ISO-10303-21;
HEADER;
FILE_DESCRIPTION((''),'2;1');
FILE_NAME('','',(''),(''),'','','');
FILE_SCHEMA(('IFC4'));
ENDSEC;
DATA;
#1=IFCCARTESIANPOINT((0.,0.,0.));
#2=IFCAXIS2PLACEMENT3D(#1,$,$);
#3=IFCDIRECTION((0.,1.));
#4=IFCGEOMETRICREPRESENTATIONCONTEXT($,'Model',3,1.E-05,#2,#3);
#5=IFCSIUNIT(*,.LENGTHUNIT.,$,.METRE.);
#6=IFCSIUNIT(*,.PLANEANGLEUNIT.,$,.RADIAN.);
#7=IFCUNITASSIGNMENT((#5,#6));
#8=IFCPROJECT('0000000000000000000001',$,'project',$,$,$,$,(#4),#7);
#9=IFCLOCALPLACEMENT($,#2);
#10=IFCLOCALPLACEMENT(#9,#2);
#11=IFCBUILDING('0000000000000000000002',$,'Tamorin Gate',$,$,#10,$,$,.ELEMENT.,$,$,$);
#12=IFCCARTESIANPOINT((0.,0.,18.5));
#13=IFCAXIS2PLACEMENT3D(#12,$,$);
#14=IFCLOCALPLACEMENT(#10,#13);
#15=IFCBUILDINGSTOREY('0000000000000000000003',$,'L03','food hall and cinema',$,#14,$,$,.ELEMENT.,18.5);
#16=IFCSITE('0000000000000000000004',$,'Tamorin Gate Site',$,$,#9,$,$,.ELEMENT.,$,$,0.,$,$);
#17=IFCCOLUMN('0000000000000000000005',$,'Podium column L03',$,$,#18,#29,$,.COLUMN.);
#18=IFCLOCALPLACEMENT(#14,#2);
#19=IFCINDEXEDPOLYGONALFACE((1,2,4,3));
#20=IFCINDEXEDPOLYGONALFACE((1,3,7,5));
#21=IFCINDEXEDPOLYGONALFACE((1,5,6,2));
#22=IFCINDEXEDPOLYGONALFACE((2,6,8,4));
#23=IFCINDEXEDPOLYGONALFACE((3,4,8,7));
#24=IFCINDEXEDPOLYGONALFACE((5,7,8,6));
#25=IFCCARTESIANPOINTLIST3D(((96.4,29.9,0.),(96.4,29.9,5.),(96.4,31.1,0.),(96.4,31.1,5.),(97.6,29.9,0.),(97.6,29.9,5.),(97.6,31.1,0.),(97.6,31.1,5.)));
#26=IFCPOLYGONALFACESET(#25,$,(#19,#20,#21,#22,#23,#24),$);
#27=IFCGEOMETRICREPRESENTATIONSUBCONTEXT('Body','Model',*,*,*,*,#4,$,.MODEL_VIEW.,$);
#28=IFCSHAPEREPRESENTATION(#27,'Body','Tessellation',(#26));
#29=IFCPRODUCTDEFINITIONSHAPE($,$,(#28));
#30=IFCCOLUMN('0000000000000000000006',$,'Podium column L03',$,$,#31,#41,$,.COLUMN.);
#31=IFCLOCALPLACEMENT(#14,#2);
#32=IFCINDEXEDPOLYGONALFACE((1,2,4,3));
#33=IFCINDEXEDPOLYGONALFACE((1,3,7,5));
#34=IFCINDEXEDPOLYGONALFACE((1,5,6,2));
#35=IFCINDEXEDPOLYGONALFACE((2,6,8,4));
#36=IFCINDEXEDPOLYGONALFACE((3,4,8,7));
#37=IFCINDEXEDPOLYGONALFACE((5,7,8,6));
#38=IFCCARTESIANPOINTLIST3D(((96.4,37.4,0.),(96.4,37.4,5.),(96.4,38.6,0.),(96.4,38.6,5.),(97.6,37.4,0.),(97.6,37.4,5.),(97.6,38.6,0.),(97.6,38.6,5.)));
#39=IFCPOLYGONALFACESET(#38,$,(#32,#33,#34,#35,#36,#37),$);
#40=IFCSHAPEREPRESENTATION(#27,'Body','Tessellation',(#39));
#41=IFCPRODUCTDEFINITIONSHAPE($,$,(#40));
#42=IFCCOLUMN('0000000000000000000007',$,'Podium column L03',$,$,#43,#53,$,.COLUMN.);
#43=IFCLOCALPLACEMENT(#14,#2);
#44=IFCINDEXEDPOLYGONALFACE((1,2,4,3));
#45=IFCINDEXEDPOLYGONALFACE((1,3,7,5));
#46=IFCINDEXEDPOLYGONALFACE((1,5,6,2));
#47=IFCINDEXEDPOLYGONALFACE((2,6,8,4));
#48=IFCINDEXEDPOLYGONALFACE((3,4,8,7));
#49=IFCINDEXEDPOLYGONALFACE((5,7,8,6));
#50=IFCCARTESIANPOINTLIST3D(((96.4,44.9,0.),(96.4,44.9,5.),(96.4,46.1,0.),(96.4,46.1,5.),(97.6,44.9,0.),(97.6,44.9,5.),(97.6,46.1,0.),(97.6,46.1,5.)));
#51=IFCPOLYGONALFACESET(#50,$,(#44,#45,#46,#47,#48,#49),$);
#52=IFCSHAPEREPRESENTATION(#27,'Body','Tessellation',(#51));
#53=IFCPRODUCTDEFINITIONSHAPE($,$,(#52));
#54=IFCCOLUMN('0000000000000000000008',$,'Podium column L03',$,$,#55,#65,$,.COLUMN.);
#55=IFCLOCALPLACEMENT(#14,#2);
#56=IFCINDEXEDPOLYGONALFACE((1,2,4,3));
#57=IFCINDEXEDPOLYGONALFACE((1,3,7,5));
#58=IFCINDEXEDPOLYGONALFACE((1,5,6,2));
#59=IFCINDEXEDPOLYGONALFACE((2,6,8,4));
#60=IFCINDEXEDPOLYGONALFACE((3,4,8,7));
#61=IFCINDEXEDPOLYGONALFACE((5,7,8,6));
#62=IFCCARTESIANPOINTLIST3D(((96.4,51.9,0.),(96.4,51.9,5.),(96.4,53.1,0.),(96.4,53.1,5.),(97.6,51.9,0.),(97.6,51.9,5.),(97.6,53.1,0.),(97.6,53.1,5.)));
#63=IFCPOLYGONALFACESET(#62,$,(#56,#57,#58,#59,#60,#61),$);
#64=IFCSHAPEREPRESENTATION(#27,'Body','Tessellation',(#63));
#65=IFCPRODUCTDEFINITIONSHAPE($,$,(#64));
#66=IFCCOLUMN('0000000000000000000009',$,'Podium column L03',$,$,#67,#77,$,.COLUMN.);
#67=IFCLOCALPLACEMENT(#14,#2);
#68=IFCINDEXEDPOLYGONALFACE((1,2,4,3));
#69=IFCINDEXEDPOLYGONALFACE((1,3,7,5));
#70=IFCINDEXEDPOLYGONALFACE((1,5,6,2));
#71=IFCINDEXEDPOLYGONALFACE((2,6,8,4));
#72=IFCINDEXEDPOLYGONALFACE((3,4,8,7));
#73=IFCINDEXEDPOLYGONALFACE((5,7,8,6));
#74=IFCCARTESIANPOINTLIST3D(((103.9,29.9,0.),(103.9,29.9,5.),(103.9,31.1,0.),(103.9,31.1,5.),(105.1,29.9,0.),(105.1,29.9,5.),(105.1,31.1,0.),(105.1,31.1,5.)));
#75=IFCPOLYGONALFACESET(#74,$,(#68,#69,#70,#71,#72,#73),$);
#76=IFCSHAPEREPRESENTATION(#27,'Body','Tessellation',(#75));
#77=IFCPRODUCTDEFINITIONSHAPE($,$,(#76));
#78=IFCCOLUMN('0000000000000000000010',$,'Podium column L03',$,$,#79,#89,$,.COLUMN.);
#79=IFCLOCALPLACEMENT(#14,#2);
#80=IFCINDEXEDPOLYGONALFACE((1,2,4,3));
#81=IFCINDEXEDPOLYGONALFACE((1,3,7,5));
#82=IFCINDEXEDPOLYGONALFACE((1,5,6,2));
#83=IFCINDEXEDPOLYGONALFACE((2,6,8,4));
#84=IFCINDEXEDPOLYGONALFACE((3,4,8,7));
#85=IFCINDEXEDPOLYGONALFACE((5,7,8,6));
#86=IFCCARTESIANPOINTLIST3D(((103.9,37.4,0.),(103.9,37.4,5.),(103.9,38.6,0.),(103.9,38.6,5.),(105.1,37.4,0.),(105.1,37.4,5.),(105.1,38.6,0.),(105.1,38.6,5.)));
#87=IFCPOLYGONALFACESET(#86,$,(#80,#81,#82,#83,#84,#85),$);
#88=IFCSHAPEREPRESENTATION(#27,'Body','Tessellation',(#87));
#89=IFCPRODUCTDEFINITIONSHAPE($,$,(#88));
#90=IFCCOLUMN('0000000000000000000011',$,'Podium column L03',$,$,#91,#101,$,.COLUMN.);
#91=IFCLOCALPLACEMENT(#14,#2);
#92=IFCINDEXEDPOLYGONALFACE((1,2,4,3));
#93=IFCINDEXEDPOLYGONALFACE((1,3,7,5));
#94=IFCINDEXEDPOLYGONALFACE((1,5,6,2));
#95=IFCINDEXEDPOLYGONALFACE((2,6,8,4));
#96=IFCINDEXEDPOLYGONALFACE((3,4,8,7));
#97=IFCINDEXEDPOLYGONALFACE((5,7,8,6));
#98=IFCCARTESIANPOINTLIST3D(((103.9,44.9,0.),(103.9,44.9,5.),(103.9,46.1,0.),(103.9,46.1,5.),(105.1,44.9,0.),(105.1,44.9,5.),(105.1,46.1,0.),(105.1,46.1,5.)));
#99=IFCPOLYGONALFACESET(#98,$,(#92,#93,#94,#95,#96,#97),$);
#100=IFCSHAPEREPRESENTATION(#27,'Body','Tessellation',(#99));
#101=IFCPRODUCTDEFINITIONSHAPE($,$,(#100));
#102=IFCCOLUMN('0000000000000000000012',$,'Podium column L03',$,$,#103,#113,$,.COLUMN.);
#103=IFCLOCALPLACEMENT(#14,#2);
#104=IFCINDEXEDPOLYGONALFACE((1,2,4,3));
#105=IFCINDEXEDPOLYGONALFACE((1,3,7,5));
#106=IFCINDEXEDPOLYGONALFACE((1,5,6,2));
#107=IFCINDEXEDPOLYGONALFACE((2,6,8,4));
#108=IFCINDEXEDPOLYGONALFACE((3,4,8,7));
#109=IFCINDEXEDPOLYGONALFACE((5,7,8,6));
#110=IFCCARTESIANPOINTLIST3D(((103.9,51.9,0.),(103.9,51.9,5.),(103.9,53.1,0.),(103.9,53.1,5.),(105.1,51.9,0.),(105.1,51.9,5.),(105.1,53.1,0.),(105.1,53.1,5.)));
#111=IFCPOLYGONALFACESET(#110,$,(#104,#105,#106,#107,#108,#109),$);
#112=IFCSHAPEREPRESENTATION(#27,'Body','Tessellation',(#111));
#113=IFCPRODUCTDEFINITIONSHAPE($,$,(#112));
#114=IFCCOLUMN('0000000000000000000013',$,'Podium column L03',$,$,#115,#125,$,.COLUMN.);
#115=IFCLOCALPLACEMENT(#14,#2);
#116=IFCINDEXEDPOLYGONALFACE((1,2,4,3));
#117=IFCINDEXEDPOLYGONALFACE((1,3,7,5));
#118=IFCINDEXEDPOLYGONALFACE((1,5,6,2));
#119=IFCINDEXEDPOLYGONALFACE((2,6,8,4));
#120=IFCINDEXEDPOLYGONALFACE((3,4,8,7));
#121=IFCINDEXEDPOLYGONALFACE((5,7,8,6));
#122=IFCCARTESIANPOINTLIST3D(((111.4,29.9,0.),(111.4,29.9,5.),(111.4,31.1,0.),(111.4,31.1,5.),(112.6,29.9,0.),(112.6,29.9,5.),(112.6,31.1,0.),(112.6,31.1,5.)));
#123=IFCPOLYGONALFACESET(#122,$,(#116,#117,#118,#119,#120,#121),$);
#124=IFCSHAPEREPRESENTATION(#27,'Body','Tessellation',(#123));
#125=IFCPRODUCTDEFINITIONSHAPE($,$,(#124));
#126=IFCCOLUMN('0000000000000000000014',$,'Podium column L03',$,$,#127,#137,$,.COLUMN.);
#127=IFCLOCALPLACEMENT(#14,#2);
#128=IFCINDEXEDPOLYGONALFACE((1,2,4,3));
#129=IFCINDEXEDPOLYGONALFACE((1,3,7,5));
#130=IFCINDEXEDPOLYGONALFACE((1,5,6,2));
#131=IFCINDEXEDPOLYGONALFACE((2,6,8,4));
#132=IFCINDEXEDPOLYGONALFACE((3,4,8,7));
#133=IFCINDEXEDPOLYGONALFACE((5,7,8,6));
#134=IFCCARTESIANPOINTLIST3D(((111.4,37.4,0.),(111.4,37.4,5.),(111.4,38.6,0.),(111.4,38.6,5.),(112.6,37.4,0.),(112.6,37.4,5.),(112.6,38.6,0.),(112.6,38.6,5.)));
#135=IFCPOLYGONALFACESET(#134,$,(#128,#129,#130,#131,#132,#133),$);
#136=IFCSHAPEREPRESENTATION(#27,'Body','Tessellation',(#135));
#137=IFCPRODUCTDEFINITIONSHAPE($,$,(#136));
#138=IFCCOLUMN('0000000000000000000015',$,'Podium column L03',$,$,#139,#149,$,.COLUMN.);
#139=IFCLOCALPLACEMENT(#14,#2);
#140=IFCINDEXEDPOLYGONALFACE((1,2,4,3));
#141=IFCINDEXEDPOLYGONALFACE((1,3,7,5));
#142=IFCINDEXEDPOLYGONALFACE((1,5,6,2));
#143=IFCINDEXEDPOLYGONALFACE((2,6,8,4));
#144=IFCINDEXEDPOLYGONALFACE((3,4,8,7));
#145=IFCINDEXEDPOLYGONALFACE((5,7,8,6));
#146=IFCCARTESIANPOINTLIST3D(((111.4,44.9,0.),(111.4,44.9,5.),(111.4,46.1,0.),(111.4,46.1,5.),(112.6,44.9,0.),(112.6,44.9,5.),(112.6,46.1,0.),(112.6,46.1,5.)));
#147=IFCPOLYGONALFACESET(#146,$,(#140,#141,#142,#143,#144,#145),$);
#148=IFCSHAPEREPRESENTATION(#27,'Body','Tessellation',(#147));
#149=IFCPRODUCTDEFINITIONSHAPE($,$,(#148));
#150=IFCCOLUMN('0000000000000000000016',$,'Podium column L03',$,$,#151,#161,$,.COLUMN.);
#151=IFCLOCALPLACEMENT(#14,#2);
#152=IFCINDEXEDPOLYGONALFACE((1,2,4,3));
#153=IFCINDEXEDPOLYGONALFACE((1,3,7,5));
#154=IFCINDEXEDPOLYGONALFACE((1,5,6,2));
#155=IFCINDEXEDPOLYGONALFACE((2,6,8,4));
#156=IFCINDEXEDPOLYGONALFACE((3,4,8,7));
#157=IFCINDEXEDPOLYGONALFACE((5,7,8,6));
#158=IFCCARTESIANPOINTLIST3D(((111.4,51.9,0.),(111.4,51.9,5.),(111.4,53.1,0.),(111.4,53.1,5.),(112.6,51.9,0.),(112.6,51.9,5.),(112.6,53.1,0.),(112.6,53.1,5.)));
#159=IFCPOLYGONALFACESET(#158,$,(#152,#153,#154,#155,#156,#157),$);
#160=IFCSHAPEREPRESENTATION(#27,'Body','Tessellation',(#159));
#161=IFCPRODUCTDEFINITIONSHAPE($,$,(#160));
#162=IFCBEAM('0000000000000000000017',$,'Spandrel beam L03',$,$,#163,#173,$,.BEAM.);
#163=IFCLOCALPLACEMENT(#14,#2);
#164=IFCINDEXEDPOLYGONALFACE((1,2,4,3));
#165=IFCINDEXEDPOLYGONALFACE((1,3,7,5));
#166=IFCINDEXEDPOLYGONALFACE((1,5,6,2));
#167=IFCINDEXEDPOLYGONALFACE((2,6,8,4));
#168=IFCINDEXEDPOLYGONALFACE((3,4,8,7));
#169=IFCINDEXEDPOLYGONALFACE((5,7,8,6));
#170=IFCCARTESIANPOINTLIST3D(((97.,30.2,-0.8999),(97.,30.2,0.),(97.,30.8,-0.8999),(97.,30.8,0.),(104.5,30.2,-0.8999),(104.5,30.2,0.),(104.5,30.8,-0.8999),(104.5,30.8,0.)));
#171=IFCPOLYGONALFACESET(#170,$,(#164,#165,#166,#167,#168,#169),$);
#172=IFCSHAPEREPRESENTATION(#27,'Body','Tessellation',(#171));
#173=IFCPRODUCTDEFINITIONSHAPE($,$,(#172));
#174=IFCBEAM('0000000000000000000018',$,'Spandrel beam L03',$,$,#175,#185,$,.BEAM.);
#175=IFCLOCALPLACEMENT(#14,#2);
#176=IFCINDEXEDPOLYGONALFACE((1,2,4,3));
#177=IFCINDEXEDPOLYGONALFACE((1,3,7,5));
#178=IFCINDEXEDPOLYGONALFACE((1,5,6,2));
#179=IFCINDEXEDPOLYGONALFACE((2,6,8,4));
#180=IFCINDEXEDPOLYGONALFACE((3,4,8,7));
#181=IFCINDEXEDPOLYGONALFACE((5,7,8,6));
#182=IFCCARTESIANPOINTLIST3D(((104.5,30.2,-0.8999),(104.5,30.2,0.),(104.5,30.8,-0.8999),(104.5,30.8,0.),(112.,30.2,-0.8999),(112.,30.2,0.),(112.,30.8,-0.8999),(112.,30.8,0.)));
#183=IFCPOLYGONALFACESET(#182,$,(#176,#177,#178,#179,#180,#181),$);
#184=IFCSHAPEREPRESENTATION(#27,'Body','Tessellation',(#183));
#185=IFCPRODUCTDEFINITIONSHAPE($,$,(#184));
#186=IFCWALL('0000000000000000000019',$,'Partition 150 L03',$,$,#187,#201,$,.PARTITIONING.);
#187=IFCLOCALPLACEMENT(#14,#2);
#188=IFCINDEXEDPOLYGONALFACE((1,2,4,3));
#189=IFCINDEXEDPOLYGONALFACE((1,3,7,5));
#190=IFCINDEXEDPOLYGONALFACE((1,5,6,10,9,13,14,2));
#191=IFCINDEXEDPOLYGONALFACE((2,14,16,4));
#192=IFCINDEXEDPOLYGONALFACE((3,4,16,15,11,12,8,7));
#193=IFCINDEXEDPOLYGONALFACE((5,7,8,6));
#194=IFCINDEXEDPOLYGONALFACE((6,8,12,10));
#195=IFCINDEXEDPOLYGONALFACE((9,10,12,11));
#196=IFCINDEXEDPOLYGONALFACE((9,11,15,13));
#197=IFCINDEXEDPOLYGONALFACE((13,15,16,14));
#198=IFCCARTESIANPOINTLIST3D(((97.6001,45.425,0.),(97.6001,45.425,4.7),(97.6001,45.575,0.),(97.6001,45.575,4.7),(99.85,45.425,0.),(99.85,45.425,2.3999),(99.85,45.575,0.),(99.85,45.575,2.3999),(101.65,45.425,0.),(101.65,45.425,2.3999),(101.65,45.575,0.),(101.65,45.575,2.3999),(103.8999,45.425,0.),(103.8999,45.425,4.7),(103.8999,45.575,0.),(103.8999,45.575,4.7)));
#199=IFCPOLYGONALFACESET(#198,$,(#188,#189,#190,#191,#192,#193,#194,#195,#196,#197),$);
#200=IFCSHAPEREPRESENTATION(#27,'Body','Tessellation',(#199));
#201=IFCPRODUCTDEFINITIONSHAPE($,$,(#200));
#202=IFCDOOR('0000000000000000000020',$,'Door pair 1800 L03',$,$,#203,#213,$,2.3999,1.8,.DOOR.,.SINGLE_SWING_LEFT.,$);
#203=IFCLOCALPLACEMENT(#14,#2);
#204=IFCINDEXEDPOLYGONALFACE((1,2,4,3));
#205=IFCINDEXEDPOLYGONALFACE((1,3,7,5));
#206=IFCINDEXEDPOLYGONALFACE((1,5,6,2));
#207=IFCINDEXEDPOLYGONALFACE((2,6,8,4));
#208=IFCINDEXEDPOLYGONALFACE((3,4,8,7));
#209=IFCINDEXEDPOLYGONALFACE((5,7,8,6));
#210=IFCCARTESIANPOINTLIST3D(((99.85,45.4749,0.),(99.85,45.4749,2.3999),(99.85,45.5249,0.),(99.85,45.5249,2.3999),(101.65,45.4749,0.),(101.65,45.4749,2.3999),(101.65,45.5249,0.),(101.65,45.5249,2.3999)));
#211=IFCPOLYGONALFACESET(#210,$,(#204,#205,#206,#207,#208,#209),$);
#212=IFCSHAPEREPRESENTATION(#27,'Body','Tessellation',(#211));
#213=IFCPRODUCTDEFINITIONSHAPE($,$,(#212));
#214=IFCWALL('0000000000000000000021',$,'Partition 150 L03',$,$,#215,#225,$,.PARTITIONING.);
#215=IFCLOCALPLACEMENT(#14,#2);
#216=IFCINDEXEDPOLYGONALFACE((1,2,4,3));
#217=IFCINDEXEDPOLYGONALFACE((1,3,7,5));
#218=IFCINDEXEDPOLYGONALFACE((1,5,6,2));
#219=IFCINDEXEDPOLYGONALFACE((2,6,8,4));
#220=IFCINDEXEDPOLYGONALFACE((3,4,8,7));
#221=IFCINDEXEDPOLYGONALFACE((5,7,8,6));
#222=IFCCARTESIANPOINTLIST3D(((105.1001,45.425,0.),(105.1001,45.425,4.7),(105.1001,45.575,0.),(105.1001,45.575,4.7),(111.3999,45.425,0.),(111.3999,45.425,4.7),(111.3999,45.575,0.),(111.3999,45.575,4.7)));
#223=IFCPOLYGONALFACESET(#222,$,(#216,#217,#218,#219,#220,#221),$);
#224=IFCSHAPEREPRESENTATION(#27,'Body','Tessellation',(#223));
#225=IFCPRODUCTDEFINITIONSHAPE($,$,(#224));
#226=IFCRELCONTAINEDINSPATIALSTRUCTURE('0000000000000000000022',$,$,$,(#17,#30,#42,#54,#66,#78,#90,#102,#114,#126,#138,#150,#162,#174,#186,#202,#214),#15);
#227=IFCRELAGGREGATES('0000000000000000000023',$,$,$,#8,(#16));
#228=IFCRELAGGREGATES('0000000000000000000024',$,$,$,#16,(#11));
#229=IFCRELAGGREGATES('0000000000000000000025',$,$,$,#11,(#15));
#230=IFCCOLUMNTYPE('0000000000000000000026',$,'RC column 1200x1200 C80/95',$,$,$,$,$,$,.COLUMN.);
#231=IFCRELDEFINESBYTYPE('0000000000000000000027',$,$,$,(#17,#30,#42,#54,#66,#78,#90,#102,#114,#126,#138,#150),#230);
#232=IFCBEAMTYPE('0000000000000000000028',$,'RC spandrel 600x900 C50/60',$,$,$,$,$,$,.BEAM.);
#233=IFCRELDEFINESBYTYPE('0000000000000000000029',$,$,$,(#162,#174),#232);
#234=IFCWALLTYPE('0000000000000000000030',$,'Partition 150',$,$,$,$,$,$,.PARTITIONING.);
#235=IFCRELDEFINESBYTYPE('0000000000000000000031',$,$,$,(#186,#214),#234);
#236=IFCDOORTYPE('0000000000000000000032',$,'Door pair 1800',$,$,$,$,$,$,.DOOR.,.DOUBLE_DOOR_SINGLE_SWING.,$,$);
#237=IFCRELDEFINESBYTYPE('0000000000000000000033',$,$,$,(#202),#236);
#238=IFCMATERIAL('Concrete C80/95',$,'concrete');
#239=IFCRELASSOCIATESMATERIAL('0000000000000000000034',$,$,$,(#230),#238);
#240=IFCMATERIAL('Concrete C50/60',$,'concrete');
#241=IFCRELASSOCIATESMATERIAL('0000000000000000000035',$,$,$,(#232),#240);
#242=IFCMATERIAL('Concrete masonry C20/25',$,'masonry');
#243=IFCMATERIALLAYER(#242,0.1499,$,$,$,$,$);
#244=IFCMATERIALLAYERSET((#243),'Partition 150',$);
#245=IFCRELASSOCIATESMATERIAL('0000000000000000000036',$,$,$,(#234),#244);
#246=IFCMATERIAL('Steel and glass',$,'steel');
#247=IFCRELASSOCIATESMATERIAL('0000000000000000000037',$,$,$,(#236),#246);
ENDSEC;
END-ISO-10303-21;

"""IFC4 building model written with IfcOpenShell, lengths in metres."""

from ifc_helpers import new_model, si_unit, direction, frame, frame_2d, origin, origin_2d, place, context, subcontext, project, spatial, rectangle, extrude, material, layer, layer_set, material_profile, profile_set, type_object, element, fill, save


model = new_model("IFC4")

# Units and contexts
model_context = context("Model", 3, precision=1e-05, world=origin(), true_north=direction((0.0, 1.0)))
body_context = subcontext(model_context, "Body", "Model", "MODEL_VIEW")
ifc_project = project(units=[si_unit("LENGTHUNIT", "METRE"), si_unit("PLANEANGLEUNIT", "RADIAN")], contexts=[model_context])

# Site, building, storey
site_placement = place(None, origin())
site = spatial("IfcSite", under=ifc_project, at=site_placement, Name="Tamorin Gate Site", CompositionType="ELEMENT", RefElevation=0.0)
building_placement = place(site_placement, origin())
building = spatial("IfcBuilding", under=site, at=building_placement, Name="Tamorin Gate", CompositionType="ELEMENT")
storey_placement = place(building_placement, frame((0.0, 0.0, 18.5)))
storey = spatial("IfcBuildingStorey", under=building, at=storey_placement, Name="L03", Description="food hall and cinema", CompositionType="ELEMENT", Elevation=18.5)

# Columns
ifc_material_1 = material(Name="Concrete C80/95", Category="concrete")
ifc_material_profile_1 = material_profile(ifc_material_1, rectangle(XDim=1.2, YDim=1.2, at=origin_2d()), Name="RC 1200x1200")
ifc_profile_set_1 = profile_set([ifc_material_profile_1], Name="Concrete C80/95")
column_type = type_object("IfcColumnType", Name="RC column 1200x1200 C80/95", PredefinedType="COLUMN", material=ifc_profile_set_1)
for number, where, z_axis, x_axis, name in (
    (1, (97.0, 30.5, 0.0), (0.0, 0.0, 1.0), (1.0, 0.0, 0.0), "Podium column L03"),
    (2, (97.0, 38.0, 0.0), (0.0, 0.0, 1.0), (1.0, 0.0, 0.0), "Podium column L03"),
    (3, (97.0, 45.5, 0.0), (0.0, 0.0, 1.0), (1.0, 0.0, 0.0), "Podium column L03"),
    (4, (97.0, 52.5, 0.0), (0.0, 0.0, 1.0), (1.0, 0.0, 0.0), "Podium column L03"),
    (5, (104.5, 30.5, 0.0), (0.0, 0.0, 1.0), (1.0, 0.0, 0.0), "Podium column L03"),
    (6, (104.5, 38.0, 0.0), (0.0, 0.0, 1.0), (1.0, 0.0, 0.0), "Podium column L03"),
    (7, (104.5, 45.5, 0.0), (0.0, 0.0, 1.0), (1.0, 0.0, 0.0), "Podium column L03"),
    (8, (104.5, 52.5, 0.0), (0.0, 0.0, 1.0), (1.0, 0.0, 0.0), "Podium column L03"),
    (9, (112.0, 30.5, 0.0), (0.0, 0.0, 1.0), (1.0, 0.0, 0.0), "Podium column L03"),
    (10, (112.0, 38.0, 0.0), (0.0, 0.0, 1.0), (1.0, 0.0, 0.0), "Podium column L03"),
    (11, (112.0, 45.5, 0.0), (0.0, 0.0, 1.0), (1.0, 0.0, 0.0), "Podium column L03"),
    (12, (112.0, 52.5, 0.0), (0.0, 0.0, 1.0), (1.0, 0.0, 0.0), "Podium column L03"),
):
    element("IfcColumn", number, at=place(storey_placement, frame(where, z_axis=z_axis, x_axis=x_axis)), inside=storey, type_object=column_type, Name=name, PredefinedType="COLUMN", context=body_context, shape_type="SweptSolid", body=[
        extrude(rectangle(XDim=1.2, YDim=1.2, at=origin_2d()), origin(), (0.0, 0.0, 1.0), 5.0),
    ])

# Beams
ifc_material_2 = material(Name="Concrete C50/60", Category="concrete")
ifc_material_profile_2 = material_profile(ifc_material_2, rectangle(XDim=0.6001, YDim=0.8999, at=origin_2d()), Name="RC 600x900")
ifc_profile_set_2 = profile_set([ifc_material_profile_2], Name="Concrete C50/60")
beam_type = type_object("IfcBeamType", Name="RC spandrel 600x900 C50/60", PredefinedType="BEAM", material=ifc_profile_set_2)
for number, where, z_axis, x_axis, name in (
    (13, (97.0, 30.5, -0.45), (1.0, 0.0, 0.0), (0.0, 1.0, 0.0), "Spandrel beam L03"),
    (14, (104.5, 30.5, -0.45), (1.0, 0.0, 0.0), (0.0, 1.0, 0.0), "Spandrel beam L03"),
):
    element("IfcBeam", number, at=place(storey_placement, frame(where, z_axis=z_axis, x_axis=x_axis)), inside=storey, type_object=beam_type, Name=name, PredefinedType="BEAM", context=body_context, shape_type="SweptSolid", body=[
        extrude(rectangle(XDim=0.6001, YDim=0.8999, at=origin_2d()), origin(), (0.0, 0.0, 1.0), 7.5),
    ])

# Wall, opening, door
ifc_material_3 = material(Name="Concrete masonry C20/25", Category="masonry")
ifc_layer_1 = layer(ifc_material_3, 0.1499)
ifc_layer_set_1 = layer_set([ifc_layer_1], Name="Partition 150")
wall_type_1 = type_object("IfcWallType", Name="Partition 150", PredefinedType="PARTITIONING", material=ifc_layer_set_1)
wall_1_placement = place(storey_placement, frame((97.6001, 45.5, 0.0), z_axis=(0.0, 0.0, 1.0), x_axis=(1.0, 0.0, 0.0)))
wall_1 = element("IfcWall", 15, at=wall_1_placement, inside=storey, type_object=wall_type_1, Name="Partition 150 L03", PredefinedType="PARTITIONING", context=body_context, shape_type="SweptSolid", body=[
    extrude(rectangle(XDim=6.2998, YDim=0.1499, at=frame_2d((3.1499, 0.0))), origin(), (0.0, 0.0, 1.0), 4.7),
])
opening_1_placement = place(wall_1_placement, frame((2.25, 0.0, 0.0)))
opening_1 = element("IfcOpeningElement", 16, at=opening_1_placement, cuts=wall_1, PredefinedType="OPENING", context=body_context, shape_type="SweptSolid", body=[
    extrude(rectangle(XDim=1.8, YDim=2.3999, at=frame_2d((0.8999, 1.2))), frame((0.0, 0.085, 0.0), z_axis=(0.0, -1.0, 0.0), x_axis=(1.0, 0.0, 0.0)), (0.0, 0.0, 1.0), 0.1699),
])
ifc_material_4 = material(Name="Steel and glass", Category="steel")
door_type_1 = type_object("IfcDoorType", Name="Door pair 1800", OperationType="DOUBLE_DOOR_SINGLE_SWING", PredefinedType="DOOR", material=ifc_material_4)
door_1_placement = place(opening_1_placement, origin())
door_1 = element("IfcDoor", 17, at=door_1_placement, inside=storey, type_object=door_type_1, Name="Door pair 1800 L03", OperationType="SINGLE_SWING_LEFT", OverallHeight=2.3999, OverallWidth=1.8, PredefinedType="DOOR", context=body_context, shape_type="SweptSolid", body=[
    extrude(rectangle(XDim=1.8, YDim=2.3999, at=frame_2d((0.8999, 1.2))), frame((0.0, 0.0249, 0.0), z_axis=(0.0, -1.0, 0.0), x_axis=(1.0, 0.0, 0.0)), (0.0, 0.0, 1.0), 0.05),
])
fill(opening_1, door_1)

# Wall
wall_2_placement = place(storey_placement, frame((105.1001, 45.5, 0.0), z_axis=(0.0, 0.0, 1.0), x_axis=(1.0, 0.0, 0.0)))
element("IfcWall", 18, at=wall_2_placement, inside=storey, type_object=wall_type_1, Name="Partition 150 L03", PredefinedType="PARTITIONING", context=body_context, shape_type="SweptSolid", body=[
    extrude(rectangle(XDim=6.2998, YDim=0.1499, at=frame_2d((3.1499, 0.0))), origin(), (0.0, 0.0, 1.0), 4.7),
])

save(model, "model.ifc")
